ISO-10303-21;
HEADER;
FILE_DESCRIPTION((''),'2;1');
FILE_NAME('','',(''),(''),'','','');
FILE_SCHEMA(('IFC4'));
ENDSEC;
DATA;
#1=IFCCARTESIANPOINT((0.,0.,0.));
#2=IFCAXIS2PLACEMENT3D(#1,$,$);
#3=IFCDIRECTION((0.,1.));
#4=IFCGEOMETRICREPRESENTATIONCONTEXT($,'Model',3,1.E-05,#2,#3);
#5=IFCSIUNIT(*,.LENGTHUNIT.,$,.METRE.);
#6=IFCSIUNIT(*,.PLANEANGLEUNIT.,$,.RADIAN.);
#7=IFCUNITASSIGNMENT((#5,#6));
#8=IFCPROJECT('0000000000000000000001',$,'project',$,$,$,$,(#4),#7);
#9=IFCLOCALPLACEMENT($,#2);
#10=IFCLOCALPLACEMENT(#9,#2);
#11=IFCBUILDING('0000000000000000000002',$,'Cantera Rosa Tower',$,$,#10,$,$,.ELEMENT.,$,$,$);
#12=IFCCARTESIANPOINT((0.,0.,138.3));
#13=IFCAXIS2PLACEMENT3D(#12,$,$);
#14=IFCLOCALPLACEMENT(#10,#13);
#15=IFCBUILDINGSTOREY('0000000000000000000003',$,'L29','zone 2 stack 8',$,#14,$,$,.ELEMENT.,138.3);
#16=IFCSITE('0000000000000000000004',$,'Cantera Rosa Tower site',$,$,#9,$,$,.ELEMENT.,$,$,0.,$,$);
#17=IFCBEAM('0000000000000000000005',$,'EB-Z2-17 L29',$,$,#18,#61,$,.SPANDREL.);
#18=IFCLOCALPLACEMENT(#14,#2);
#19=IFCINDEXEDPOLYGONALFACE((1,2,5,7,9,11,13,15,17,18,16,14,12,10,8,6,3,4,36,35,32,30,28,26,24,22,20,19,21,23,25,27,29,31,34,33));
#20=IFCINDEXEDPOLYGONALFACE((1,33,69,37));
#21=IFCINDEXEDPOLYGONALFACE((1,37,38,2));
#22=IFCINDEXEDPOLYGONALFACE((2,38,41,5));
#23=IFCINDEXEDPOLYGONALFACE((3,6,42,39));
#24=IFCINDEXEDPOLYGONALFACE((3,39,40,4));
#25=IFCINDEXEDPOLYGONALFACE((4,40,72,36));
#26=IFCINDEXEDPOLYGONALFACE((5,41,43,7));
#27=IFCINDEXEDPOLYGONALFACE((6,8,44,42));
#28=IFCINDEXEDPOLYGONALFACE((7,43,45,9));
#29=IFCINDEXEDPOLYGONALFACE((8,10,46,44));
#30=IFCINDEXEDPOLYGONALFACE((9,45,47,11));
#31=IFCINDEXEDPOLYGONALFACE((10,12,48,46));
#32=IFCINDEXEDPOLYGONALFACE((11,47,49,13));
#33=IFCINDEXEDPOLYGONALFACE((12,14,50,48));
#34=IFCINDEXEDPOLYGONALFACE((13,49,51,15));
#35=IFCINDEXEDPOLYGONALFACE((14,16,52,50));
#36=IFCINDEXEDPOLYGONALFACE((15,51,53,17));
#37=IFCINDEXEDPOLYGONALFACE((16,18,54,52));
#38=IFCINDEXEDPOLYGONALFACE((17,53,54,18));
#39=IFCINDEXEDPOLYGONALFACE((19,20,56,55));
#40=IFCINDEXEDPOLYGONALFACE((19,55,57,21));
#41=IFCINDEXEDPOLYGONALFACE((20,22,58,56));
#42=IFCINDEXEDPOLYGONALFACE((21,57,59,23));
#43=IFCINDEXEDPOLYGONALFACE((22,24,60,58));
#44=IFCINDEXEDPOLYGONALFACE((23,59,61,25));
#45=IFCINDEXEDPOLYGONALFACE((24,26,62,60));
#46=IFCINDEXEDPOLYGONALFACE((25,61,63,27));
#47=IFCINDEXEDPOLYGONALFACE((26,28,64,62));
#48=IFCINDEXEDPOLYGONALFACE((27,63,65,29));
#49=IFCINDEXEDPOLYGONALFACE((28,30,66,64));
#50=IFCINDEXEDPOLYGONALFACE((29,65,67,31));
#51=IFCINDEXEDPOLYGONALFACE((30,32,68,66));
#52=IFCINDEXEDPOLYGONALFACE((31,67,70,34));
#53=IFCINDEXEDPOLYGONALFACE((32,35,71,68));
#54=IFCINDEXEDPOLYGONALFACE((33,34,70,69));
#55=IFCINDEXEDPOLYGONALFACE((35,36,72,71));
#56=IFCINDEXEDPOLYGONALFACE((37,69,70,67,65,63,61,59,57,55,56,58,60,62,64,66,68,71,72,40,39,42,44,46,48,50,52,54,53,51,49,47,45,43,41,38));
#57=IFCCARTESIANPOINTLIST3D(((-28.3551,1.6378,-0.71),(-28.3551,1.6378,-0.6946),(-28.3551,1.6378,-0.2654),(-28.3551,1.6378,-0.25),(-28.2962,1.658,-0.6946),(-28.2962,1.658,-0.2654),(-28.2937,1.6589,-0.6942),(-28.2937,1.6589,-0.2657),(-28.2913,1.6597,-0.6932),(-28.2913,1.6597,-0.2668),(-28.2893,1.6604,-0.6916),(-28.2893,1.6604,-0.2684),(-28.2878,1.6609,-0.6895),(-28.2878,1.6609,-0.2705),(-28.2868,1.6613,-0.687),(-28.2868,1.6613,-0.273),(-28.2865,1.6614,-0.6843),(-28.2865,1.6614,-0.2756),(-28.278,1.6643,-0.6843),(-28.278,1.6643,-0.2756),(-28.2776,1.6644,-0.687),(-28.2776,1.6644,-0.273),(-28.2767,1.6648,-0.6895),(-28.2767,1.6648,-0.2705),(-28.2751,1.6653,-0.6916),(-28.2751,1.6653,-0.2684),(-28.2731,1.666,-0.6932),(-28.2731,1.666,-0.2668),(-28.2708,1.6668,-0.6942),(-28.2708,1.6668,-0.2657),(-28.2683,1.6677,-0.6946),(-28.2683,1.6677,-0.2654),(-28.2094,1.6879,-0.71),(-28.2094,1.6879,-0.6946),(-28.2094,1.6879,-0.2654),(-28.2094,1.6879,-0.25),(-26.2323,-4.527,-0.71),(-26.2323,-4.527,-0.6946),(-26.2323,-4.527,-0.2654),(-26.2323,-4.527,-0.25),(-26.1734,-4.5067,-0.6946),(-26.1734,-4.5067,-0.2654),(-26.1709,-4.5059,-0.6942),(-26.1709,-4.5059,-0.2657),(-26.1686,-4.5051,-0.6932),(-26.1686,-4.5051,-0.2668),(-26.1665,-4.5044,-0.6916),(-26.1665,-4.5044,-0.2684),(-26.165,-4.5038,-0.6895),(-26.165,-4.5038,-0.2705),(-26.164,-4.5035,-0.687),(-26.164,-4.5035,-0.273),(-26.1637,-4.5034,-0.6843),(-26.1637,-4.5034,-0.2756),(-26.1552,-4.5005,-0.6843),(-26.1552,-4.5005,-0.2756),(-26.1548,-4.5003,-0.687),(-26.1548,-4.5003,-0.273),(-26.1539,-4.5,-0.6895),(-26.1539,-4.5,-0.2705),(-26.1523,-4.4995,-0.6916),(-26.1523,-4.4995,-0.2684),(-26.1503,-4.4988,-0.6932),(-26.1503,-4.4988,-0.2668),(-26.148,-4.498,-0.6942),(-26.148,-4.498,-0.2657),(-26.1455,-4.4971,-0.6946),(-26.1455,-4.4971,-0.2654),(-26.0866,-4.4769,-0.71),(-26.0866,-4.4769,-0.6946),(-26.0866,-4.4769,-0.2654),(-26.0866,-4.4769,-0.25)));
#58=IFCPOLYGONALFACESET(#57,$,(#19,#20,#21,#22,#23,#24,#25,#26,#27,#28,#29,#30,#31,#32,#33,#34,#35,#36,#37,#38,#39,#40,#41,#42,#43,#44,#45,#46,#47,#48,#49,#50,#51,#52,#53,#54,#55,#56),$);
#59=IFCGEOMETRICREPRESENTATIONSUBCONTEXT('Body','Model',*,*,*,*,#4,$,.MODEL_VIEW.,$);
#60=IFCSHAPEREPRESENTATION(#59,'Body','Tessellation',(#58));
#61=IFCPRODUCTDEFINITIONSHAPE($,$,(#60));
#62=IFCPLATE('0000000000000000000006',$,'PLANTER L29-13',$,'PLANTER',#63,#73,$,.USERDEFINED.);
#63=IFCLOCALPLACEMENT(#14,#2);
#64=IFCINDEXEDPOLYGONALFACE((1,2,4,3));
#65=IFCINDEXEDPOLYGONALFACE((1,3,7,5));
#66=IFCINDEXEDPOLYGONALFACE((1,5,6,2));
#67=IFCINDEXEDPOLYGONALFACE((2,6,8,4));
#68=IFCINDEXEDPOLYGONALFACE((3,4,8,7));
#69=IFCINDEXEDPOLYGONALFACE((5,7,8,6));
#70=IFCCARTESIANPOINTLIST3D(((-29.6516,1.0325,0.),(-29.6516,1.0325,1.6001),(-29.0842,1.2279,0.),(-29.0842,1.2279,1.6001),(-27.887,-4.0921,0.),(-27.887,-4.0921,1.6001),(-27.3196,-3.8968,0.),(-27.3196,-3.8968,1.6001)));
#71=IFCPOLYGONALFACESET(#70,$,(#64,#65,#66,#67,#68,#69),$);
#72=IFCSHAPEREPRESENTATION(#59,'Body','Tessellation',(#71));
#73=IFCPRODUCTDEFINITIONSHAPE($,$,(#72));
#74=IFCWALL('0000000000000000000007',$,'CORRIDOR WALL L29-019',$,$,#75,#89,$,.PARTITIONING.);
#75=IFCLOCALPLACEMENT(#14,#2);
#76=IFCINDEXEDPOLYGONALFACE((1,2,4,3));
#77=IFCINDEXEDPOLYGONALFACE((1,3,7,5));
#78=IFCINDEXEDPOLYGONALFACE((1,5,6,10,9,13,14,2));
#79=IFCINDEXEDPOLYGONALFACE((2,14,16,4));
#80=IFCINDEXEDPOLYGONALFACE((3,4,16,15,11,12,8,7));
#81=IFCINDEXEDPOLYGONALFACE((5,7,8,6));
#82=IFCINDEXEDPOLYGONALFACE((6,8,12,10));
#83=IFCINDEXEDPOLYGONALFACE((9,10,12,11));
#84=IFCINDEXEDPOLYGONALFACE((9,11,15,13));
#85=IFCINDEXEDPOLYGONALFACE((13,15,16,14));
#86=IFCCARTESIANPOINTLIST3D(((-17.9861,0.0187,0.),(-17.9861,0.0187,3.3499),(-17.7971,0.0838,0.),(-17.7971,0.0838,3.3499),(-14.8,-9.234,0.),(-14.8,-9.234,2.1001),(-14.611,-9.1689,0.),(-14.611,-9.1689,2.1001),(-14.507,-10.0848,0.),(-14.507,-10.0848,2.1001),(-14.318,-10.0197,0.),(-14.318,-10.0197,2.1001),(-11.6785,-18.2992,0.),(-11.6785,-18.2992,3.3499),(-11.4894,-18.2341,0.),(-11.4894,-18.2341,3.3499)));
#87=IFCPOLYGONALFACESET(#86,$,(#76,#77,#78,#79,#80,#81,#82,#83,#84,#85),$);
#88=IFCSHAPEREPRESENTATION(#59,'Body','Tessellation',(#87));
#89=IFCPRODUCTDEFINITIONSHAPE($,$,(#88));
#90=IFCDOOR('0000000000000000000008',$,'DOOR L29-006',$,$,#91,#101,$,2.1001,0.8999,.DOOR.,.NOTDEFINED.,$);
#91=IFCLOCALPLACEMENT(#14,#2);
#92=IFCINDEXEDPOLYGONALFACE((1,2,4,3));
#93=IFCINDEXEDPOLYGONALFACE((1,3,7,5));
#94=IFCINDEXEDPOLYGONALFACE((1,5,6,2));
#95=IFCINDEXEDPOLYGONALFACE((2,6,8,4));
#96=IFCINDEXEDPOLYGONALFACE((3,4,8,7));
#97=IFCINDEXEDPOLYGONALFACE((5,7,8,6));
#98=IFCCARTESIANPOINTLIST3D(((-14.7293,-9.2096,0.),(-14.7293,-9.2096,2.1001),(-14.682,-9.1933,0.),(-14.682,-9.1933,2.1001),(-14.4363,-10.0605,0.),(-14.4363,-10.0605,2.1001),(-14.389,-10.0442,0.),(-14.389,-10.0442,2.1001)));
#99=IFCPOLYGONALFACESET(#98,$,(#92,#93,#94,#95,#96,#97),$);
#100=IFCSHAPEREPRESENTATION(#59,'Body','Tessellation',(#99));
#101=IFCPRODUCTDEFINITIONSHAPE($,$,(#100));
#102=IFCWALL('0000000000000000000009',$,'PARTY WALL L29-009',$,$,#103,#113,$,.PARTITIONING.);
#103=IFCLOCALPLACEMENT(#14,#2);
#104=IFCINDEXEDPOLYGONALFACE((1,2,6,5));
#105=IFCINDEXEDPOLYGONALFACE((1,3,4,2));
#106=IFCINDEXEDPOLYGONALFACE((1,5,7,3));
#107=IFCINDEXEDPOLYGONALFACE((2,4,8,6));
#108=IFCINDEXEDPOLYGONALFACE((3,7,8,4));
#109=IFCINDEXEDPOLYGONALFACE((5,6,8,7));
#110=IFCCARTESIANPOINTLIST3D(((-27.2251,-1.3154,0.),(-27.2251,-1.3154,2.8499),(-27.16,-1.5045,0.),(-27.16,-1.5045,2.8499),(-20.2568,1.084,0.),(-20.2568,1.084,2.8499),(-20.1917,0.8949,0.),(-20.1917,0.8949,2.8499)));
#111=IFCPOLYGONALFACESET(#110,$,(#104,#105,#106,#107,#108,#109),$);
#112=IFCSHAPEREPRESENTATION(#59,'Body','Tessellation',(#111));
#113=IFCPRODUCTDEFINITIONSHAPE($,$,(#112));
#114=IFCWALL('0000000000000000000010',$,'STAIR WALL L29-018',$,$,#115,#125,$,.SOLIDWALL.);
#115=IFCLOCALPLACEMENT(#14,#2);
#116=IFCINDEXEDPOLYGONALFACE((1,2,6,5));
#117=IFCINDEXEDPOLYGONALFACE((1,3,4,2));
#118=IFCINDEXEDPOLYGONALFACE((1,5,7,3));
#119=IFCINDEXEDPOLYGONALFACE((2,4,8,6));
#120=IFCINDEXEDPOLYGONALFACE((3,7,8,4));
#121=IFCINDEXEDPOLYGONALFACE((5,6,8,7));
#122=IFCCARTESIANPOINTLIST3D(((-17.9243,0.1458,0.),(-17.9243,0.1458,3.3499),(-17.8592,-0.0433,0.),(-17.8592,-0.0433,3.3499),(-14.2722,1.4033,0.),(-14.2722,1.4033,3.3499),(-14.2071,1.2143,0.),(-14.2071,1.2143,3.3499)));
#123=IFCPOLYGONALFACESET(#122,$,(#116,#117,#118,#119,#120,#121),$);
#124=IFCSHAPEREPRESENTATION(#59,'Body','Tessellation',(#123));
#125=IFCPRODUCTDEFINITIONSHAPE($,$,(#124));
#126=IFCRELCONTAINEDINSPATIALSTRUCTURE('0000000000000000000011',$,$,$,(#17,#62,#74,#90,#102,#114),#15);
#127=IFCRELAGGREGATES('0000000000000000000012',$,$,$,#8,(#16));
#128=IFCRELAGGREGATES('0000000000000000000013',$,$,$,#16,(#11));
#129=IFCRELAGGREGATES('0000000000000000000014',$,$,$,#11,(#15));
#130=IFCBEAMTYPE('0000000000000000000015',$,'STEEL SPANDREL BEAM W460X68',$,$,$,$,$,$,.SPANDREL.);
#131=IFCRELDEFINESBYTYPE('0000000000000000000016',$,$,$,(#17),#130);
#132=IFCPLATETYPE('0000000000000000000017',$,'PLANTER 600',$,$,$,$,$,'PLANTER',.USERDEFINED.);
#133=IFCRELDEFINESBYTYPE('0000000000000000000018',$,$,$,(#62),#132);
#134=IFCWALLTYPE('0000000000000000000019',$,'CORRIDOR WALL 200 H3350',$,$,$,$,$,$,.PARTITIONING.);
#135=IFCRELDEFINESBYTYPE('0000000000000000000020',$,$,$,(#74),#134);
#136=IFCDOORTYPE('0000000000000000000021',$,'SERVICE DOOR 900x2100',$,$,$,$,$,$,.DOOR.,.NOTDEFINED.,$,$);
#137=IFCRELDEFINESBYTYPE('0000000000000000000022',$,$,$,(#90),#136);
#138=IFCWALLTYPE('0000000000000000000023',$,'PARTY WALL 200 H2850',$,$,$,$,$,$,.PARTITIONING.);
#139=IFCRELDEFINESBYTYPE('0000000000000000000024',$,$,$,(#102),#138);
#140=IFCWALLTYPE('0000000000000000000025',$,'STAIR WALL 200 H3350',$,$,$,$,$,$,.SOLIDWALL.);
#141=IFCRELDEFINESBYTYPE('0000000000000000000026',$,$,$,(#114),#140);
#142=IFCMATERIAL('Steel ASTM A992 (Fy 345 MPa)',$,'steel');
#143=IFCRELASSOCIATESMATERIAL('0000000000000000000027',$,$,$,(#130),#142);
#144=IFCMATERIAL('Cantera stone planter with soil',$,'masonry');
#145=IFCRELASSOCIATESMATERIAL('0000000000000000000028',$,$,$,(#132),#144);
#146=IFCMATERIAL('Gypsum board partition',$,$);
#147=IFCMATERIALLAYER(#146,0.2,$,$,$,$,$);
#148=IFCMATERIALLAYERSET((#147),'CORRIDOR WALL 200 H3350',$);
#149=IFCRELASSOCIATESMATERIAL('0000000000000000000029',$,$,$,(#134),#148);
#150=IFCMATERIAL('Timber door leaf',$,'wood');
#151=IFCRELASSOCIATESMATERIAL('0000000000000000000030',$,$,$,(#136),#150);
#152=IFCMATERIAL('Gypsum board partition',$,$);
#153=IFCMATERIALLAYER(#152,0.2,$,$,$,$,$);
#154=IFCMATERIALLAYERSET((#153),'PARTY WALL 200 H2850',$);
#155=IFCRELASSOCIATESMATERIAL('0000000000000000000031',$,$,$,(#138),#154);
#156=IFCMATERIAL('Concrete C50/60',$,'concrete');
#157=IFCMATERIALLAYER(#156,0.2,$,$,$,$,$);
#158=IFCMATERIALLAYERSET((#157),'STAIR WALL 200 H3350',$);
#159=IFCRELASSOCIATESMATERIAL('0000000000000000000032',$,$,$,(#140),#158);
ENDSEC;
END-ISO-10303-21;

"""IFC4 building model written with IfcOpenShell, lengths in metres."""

from ifc_helpers import new_model, si_unit, direction, frame, frame_2d, origin, origin_2d, place, context, subcontext, project, spatial, rectangle, i_section, extrude, material, layer, layer_set, material_profile, profile_set, type_object, element, fill, save


model = new_model("IFC4")

# Units and contexts
model_context = context("Model", 3, precision=1e-05, world=origin(), true_north=direction((0.0, 1.0)))
body_context = subcontext(model_context, "Body", "Model", "MODEL_VIEW")
ifc_project = project(units=[si_unit("LENGTHUNIT", "METRE"), si_unit("PLANEANGLEUNIT", "RADIAN")], contexts=[model_context])

# Site, building, storey
site_placement = place(None, origin())
site = spatial("IfcSite", under=ifc_project, at=site_placement, Name="Cantera Rosa Tower site", CompositionType="ELEMENT", RefElevation=0.0)
building_placement = place(site_placement, origin())
building = spatial("IfcBuilding", under=site, at=building_placement, Name="Cantera Rosa Tower", CompositionType="ELEMENT")
storey_placement = place(building_placement, frame((0.0, 0.0, 138.3)))
storey = spatial("IfcBuildingStorey", under=building, at=storey_placement, Name="L29", Description="zone 2 stack 8", CompositionType="ELEMENT", Elevation=138.3)

# Beam
ifc_material_1 = material(Name="Steel ASTM A992 (Fy 345 MPa)", Category="steel")
ifc_material_profile_1 = material_profile(ifc_material_1, i_section(OverallWidth=0.1541, OverallDepth=0.46, WebThickness=0.009, FlangeThickness=0.0154, FilletRadius=0.0103, at=origin_2d()), Name="W460X68")
ifc_profile_set_1 = profile_set([ifc_material_profile_1], Name="Steel ASTM A992 (Fy 345 MPa)")
beam_type_1 = type_object("IfcBeamType", Name="STEEL SPANDREL BEAM W460X68", PredefinedType="SPANDREL", material=ifc_profile_set_1)
beam_1_placement = place(storey_placement, frame((-28.2822, 1.6628, -0.48), z_axis=(0.325581, -0.945514, 0.0), x_axis=(0.945514, 0.325581, 0.0)))
element("IfcBeam", 1, at=beam_1_placement, inside=storey, type_object=beam_type_1, Name="EB-Z2-17 L29", PredefinedType="SPANDREL", context=body_context, shape_type="SweptSolid", body=[
    extrude(i_section(OverallWidth=0.1541, OverallDepth=0.46, WebThickness=0.009, FlangeThickness=0.0154, FilletRadius=0.0103, at=origin_2d()), origin(), (0.0, 0.0, 1.0), 6.52),
])

# Plate
ifc_material_2 = material(Name="Cantera stone planter with soil", Category="masonry")
plate_type = type_object("IfcPlateType", Name="PLANTER 600", ElementType="PLANTER", PredefinedType="USERDEFINED", material=ifc_material_2)
plate_placement = place(storey_placement, frame((-28.4856, -1.4321, 0.0), z_axis=(0.0, 0.0, 1.0), x_axis=(0.325568, -0.945519, 0.0)))
element("IfcPlate", 2, at=plate_placement, inside=storey, type_object=plate_type, Name="PLANTER L29-13", ObjectType="PLANTER", PredefinedType="USERDEFINED", context=body_context, shape_type="SweptSolid", body=[
    extrude(rectangle(XDim=5.4199, YDim=0.6001, at=origin_2d()), origin(), (0.0, 0.0, 1.0), 1.6001),
])

# Wall, opening, door
ifc_material_3 = material(Name="Gypsum board partition")
ifc_layer_1 = layer(ifc_material_3, 0.2)
ifc_layer_set_1 = layer_set([ifc_layer_1], Name="CORRIDOR WALL 200 H3350")
wall_type_1 = type_object("IfcWallType", Name="CORRIDOR WALL 200 H3350", PredefinedType="PARTITIONING", material=ifc_layer_set_1)
wall_1_placement = place(storey_placement, frame((-17.8916, 0.0513, 0.0), z_axis=(0.0, 0.0, 1.0), x_axis=(0.325581, -0.945514, 0.0)))
wall_1 = element("IfcWall", 3, at=wall_1_placement, inside=storey, type_object=wall_type_1, Name="CORRIDOR WALL L29-019", PredefinedType="PARTITIONING", context=body_context, shape_type="SweptSolid", body=[
    extrude(rectangle(XDim=19.3735, YDim=0.2, at=frame_2d((9.6868, 0.0))), origin(), (0.0, 0.0, 1.0), 3.3499),
])
opening_1_placement = place(wall_1_placement, frame((9.7859, 0.0, 0.0)))
opening_1 = element("IfcOpeningElement", 4, at=opening_1_placement, cuts=wall_1, PredefinedType="OPENING", context=body_context, shape_type="SweptSolid", body=[
    extrude(rectangle(XDim=0.8999, YDim=2.1001, at=frame_2d((0.45, 1.05))), frame((0.0, 0.1099, 0.0), z_axis=(0.0, -1.0, 0.0), x_axis=(1.0, 0.0, 0.0)), (0.0, 0.0, 1.0), 0.22),
])
ifc_material_4 = material(Name="Timber door leaf", Category="wood")
door_type_1 = type_object("IfcDoorType", Name="SERVICE DOOR 900x2100", OperationType="NOTDEFINED", PredefinedType="DOOR", material=ifc_material_4)
door_1_placement = place(opening_1_placement, origin())
door_1 = element("IfcDoor", 5, at=door_1_placement, inside=storey, type_object=door_type_1, Name="DOOR L29-006", OperationType="NOTDEFINED", OverallHeight=2.1001, OverallWidth=0.8999, PredefinedType="DOOR", context=body_context, shape_type="SweptSolid", body=[
    extrude(rectangle(XDim=0.8999, YDim=2.1001, at=frame_2d((0.45, 1.05))), frame((0.0, 0.0249, 0.0), z_axis=(0.0, -1.0, 0.0), x_axis=(1.0, 0.0, 0.0)), (0.0, 0.0, 1.0), 0.05),
])
fill(opening_1, door_1)

# Walls
ifc_material_5 = material(Name="Gypsum board partition")
ifc_layer_2 = layer(ifc_material_5, 0.2)
ifc_layer_set_2 = layer_set([ifc_layer_2], Name="PARTY WALL 200 H2850")
wall_type_2 = type_object("IfcWallType", Name="PARTY WALL 200 H2850", PredefinedType="PARTITIONING", material=ifc_layer_set_2)
wall_2_placement = place(storey_placement, frame((-20.2241, 0.9895, 0.0), z_axis=(0.0, 0.0, 1.0), x_axis=(-0.945517, -0.325574, 0.0)))
element("IfcWall", 6, at=wall_2_placement, inside=storey, type_object=wall_type_2, Name="PARTY WALL L29-009", PredefinedType="PARTITIONING", context=body_context, shape_type="SweptSolid", body=[
    extrude(rectangle(XDim=7.3699, YDim=0.2, at=frame_2d((3.6851, 0.0))), origin(), (0.0, 0.0, 1.0), 2.8499),
])
ifc_material_6 = material(Name="Concrete C50/60", Category="concrete")
ifc_layer_3 = layer(ifc_material_6, 0.2)
ifc_layer_set_3 = layer_set([ifc_layer_3], Name="STAIR WALL 200 H3350")
wall_type_3 = type_object("IfcWallType", Name="STAIR WALL 200 H3350", PredefinedType="SOLIDWALL", material=ifc_layer_set_3)
wall_3_placement = place(storey_placement, frame((-17.8916, 0.0513, 0.0), z_axis=(0.0, 0.0, 1.0), x_axis=(0.945515, 0.32558, 0.0)))
element("IfcWall", 7, at=wall_3_placement, inside=storey, type_object=wall_type_3, Name="STAIR WALL L29-018", PredefinedType="SOLIDWALL", context=body_context, shape_type="SweptSolid", body=[
    extrude(rectangle(XDim=3.8625, YDim=0.2, at=frame_2d((1.9312, 0.0))), origin(), (0.0, 0.0, 1.0), 3.3499),
])

save(model, "model.ifc")
